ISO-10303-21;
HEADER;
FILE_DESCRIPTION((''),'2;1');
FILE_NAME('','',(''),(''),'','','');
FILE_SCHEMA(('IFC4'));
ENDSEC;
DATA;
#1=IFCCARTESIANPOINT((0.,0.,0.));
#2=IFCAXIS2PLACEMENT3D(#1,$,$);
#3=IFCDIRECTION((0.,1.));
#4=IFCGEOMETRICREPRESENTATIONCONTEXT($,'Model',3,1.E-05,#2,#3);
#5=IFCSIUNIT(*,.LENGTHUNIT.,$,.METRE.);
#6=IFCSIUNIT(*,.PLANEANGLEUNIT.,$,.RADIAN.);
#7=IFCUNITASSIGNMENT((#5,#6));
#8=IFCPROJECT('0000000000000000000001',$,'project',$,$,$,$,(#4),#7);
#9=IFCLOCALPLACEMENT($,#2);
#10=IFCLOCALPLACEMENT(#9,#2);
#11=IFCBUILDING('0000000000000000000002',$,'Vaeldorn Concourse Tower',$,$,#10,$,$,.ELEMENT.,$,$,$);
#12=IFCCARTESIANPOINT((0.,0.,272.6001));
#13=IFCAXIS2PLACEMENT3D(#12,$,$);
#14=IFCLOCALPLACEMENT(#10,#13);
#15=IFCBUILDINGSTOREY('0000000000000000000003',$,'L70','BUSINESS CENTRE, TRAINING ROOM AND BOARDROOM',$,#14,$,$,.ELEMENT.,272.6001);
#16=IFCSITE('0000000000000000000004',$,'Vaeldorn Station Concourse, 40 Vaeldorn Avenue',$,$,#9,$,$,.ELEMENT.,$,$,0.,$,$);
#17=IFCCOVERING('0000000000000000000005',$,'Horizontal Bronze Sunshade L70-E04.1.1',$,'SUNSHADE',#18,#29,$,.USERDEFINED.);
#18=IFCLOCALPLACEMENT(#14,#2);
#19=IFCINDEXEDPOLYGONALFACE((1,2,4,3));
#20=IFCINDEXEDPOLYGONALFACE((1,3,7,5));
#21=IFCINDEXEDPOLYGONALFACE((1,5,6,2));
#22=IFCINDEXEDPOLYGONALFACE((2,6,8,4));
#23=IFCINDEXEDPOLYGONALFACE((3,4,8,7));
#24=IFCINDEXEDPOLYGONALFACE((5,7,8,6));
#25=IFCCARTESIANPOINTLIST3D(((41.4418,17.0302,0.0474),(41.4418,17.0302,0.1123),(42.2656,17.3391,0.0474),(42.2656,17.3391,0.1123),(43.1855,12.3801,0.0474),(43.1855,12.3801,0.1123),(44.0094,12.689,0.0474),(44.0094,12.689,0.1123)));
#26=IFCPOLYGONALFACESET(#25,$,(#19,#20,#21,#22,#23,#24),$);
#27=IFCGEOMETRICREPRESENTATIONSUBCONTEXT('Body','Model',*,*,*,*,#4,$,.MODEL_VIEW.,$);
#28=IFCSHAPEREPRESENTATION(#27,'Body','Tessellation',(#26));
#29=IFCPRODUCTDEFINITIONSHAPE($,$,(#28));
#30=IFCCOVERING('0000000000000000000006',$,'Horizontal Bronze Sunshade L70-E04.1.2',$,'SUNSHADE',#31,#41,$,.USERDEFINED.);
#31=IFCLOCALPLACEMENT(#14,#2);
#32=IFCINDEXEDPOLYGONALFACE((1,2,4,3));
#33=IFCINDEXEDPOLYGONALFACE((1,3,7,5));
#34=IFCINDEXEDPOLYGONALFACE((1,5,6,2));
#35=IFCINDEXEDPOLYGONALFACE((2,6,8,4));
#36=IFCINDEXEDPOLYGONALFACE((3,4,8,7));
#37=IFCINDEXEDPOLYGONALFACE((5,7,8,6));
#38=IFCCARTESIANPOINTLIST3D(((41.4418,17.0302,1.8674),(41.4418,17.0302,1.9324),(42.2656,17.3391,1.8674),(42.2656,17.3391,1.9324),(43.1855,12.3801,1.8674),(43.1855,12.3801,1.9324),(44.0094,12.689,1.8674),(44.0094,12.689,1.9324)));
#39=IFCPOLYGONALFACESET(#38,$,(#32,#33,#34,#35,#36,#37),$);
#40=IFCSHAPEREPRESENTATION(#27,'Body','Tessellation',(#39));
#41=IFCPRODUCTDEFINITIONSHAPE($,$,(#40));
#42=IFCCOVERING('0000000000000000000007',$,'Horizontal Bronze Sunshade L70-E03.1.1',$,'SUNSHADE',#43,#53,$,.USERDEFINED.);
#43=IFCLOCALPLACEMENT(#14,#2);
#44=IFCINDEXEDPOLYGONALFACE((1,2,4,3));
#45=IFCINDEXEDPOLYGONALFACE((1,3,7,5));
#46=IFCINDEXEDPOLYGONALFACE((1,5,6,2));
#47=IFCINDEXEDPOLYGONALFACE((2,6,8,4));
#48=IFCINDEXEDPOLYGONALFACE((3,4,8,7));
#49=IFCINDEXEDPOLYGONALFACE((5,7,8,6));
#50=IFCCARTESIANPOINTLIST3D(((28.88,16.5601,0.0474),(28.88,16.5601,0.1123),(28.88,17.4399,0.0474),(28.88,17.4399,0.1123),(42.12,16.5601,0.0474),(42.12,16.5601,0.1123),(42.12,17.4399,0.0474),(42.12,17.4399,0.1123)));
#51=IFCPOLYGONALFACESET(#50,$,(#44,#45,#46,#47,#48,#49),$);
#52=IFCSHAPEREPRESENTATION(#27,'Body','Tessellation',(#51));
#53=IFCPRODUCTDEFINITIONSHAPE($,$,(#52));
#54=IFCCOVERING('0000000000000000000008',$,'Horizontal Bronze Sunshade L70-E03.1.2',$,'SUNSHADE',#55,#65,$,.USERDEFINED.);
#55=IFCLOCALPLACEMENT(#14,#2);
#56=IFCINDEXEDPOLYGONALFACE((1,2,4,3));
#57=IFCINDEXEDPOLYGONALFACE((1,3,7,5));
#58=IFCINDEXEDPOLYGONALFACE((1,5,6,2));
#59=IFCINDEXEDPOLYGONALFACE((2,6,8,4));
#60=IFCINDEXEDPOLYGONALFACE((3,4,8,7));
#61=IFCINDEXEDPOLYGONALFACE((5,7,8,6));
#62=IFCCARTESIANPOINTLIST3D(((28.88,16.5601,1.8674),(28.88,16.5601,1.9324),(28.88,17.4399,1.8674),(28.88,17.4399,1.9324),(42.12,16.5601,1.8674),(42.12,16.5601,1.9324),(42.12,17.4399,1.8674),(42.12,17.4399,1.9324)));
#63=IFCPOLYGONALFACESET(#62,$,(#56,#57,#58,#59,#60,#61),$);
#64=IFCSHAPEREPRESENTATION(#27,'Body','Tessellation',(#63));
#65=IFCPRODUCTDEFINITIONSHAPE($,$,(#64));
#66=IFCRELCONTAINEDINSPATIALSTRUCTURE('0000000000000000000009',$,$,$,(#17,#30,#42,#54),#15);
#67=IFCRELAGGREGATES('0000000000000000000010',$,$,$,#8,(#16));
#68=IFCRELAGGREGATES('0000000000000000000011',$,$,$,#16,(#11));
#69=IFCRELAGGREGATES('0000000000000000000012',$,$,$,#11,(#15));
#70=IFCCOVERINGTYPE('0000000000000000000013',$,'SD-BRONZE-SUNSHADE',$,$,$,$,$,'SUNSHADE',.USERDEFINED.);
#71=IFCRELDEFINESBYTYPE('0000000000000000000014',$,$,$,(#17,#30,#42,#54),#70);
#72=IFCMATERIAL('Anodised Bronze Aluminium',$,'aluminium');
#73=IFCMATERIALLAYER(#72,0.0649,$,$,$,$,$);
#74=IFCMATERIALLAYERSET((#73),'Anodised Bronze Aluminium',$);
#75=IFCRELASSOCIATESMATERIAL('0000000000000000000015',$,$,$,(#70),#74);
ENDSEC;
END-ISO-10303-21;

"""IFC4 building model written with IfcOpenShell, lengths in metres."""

from ifc_helpers import new_model, si_unit, direction, frame, origin, origin_2d, place, context, subcontext, project, spatial, rectangle, extrude, source, transform, mapped, material, layer, layer_set, type_object, element, save


model = new_model("IFC4")

# Units and contexts
model_context = context("Model", 3, precision=1e-05, world=origin(), true_north=direction((0.0, 1.0)))
body_context = subcontext(model_context, "Body", "Model", "MODEL_VIEW")
ifc_project = project(units=[si_unit("LENGTHUNIT", "METRE"), si_unit("PLANEANGLEUNIT", "RADIAN")], contexts=[model_context])

# Site, building, storey
site_placement = place(None, origin())
site = spatial("IfcSite", under=ifc_project, at=site_placement, Name="Vaeldorn Station Concourse, 40 Vaeldorn Avenue", CompositionType="ELEMENT", RefElevation=0.0)
building_placement = place(site_placement, origin())
building = spatial("IfcBuilding", under=site, at=building_placement, Name="Vaeldorn Concourse Tower", CompositionType="ELEMENT")
storey_placement = place(building_placement, frame((0.0, 0.0, 272.6001)))
storey = spatial("IfcBuildingStorey", under=building, at=storey_placement, Name="L70", Description="BUSINESS CENTRE, TRAINING ROOM AND BOARDROOM", CompositionType="ELEMENT", Elevation=272.6001)

# Shared definitions
ifc_material_1 = material(Name="Anodised Bronze Aluminium", Category="aluminium")

# Coverings
ifc_layer_1 = layer(ifc_material_1, 0.0649)
ifc_layer_set_1 = layer_set([ifc_layer_1], Name="Anodised Bronze Aluminium")
covering_type = type_object("IfcCoveringType", Name="SD-BRONZE-SUNSHADE", ElementType="SUNSHADE", PredefinedType="USERDEFINED", material=ifc_layer_set_1)
shared_shape_1 = source(origin(), body_context, "Body", "SweptSolid", [
    extrude(rectangle(XDim=4.9663, YDim=0.8799, at=origin_2d()), origin(), (0.0, 0.0, 1.0), 0.0649),
])
for number, where, z_axis, x_axis, name in (
    (1, (42.7256, 14.8596, 0.0474), (0.0, 0.0, 1.0), (0.351123, -0.936329, 0.0), "Horizontal Bronze Sunshade L70-E04.1.1"),
    (2, (42.7256, 14.8596, 1.8674), (0.0, 0.0, 1.0), (0.351123, -0.936329, 0.0), "Horizontal Bronze Sunshade L70-E04.1.2"),
):
    element("IfcCovering", number, at=place(storey_placement, frame(where, z_axis=z_axis, x_axis=x_axis)), inside=storey, type_object=covering_type, Name=name, ObjectType="SUNSHADE", PredefinedType="USERDEFINED", context=body_context, shape_type="MappedRepresentation", body=[
        mapped(shared_shape_1, transform((0.0, 0.0, 0.0), scale=1.0)),
    ])
shared_shape_2 = source(origin(), body_context, "Body", "SweptSolid", [
    extrude(rectangle(XDim=13.24, YDim=0.8799, at=origin_2d()), origin(), (0.0, 0.0, 1.0), 0.0649),
])
for number, where, z_axis, x_axis, name in (
    (3, (35.5, 17.0, 0.0474), (0.0, 0.0, 1.0), (1.0, 0.0, 0.0), "Horizontal Bronze Sunshade L70-E03.1.1"),
    (4, (35.5, 17.0, 1.8674), (0.0, 0.0, 1.0), (1.0, 0.0, 0.0), "Horizontal Bronze Sunshade L70-E03.1.2"),
):
    element("IfcCovering", number, at=place(storey_placement, frame(where, z_axis=z_axis, x_axis=x_axis)), inside=storey, type_object=covering_type, Name=name, ObjectType="SUNSHADE", PredefinedType="USERDEFINED", context=body_context, shape_type="MappedRepresentation", body=[
        mapped(shared_shape_2, transform((0.0, 0.0, 0.0), scale=1.0)),
    ])

save(model, "model.ifc")
